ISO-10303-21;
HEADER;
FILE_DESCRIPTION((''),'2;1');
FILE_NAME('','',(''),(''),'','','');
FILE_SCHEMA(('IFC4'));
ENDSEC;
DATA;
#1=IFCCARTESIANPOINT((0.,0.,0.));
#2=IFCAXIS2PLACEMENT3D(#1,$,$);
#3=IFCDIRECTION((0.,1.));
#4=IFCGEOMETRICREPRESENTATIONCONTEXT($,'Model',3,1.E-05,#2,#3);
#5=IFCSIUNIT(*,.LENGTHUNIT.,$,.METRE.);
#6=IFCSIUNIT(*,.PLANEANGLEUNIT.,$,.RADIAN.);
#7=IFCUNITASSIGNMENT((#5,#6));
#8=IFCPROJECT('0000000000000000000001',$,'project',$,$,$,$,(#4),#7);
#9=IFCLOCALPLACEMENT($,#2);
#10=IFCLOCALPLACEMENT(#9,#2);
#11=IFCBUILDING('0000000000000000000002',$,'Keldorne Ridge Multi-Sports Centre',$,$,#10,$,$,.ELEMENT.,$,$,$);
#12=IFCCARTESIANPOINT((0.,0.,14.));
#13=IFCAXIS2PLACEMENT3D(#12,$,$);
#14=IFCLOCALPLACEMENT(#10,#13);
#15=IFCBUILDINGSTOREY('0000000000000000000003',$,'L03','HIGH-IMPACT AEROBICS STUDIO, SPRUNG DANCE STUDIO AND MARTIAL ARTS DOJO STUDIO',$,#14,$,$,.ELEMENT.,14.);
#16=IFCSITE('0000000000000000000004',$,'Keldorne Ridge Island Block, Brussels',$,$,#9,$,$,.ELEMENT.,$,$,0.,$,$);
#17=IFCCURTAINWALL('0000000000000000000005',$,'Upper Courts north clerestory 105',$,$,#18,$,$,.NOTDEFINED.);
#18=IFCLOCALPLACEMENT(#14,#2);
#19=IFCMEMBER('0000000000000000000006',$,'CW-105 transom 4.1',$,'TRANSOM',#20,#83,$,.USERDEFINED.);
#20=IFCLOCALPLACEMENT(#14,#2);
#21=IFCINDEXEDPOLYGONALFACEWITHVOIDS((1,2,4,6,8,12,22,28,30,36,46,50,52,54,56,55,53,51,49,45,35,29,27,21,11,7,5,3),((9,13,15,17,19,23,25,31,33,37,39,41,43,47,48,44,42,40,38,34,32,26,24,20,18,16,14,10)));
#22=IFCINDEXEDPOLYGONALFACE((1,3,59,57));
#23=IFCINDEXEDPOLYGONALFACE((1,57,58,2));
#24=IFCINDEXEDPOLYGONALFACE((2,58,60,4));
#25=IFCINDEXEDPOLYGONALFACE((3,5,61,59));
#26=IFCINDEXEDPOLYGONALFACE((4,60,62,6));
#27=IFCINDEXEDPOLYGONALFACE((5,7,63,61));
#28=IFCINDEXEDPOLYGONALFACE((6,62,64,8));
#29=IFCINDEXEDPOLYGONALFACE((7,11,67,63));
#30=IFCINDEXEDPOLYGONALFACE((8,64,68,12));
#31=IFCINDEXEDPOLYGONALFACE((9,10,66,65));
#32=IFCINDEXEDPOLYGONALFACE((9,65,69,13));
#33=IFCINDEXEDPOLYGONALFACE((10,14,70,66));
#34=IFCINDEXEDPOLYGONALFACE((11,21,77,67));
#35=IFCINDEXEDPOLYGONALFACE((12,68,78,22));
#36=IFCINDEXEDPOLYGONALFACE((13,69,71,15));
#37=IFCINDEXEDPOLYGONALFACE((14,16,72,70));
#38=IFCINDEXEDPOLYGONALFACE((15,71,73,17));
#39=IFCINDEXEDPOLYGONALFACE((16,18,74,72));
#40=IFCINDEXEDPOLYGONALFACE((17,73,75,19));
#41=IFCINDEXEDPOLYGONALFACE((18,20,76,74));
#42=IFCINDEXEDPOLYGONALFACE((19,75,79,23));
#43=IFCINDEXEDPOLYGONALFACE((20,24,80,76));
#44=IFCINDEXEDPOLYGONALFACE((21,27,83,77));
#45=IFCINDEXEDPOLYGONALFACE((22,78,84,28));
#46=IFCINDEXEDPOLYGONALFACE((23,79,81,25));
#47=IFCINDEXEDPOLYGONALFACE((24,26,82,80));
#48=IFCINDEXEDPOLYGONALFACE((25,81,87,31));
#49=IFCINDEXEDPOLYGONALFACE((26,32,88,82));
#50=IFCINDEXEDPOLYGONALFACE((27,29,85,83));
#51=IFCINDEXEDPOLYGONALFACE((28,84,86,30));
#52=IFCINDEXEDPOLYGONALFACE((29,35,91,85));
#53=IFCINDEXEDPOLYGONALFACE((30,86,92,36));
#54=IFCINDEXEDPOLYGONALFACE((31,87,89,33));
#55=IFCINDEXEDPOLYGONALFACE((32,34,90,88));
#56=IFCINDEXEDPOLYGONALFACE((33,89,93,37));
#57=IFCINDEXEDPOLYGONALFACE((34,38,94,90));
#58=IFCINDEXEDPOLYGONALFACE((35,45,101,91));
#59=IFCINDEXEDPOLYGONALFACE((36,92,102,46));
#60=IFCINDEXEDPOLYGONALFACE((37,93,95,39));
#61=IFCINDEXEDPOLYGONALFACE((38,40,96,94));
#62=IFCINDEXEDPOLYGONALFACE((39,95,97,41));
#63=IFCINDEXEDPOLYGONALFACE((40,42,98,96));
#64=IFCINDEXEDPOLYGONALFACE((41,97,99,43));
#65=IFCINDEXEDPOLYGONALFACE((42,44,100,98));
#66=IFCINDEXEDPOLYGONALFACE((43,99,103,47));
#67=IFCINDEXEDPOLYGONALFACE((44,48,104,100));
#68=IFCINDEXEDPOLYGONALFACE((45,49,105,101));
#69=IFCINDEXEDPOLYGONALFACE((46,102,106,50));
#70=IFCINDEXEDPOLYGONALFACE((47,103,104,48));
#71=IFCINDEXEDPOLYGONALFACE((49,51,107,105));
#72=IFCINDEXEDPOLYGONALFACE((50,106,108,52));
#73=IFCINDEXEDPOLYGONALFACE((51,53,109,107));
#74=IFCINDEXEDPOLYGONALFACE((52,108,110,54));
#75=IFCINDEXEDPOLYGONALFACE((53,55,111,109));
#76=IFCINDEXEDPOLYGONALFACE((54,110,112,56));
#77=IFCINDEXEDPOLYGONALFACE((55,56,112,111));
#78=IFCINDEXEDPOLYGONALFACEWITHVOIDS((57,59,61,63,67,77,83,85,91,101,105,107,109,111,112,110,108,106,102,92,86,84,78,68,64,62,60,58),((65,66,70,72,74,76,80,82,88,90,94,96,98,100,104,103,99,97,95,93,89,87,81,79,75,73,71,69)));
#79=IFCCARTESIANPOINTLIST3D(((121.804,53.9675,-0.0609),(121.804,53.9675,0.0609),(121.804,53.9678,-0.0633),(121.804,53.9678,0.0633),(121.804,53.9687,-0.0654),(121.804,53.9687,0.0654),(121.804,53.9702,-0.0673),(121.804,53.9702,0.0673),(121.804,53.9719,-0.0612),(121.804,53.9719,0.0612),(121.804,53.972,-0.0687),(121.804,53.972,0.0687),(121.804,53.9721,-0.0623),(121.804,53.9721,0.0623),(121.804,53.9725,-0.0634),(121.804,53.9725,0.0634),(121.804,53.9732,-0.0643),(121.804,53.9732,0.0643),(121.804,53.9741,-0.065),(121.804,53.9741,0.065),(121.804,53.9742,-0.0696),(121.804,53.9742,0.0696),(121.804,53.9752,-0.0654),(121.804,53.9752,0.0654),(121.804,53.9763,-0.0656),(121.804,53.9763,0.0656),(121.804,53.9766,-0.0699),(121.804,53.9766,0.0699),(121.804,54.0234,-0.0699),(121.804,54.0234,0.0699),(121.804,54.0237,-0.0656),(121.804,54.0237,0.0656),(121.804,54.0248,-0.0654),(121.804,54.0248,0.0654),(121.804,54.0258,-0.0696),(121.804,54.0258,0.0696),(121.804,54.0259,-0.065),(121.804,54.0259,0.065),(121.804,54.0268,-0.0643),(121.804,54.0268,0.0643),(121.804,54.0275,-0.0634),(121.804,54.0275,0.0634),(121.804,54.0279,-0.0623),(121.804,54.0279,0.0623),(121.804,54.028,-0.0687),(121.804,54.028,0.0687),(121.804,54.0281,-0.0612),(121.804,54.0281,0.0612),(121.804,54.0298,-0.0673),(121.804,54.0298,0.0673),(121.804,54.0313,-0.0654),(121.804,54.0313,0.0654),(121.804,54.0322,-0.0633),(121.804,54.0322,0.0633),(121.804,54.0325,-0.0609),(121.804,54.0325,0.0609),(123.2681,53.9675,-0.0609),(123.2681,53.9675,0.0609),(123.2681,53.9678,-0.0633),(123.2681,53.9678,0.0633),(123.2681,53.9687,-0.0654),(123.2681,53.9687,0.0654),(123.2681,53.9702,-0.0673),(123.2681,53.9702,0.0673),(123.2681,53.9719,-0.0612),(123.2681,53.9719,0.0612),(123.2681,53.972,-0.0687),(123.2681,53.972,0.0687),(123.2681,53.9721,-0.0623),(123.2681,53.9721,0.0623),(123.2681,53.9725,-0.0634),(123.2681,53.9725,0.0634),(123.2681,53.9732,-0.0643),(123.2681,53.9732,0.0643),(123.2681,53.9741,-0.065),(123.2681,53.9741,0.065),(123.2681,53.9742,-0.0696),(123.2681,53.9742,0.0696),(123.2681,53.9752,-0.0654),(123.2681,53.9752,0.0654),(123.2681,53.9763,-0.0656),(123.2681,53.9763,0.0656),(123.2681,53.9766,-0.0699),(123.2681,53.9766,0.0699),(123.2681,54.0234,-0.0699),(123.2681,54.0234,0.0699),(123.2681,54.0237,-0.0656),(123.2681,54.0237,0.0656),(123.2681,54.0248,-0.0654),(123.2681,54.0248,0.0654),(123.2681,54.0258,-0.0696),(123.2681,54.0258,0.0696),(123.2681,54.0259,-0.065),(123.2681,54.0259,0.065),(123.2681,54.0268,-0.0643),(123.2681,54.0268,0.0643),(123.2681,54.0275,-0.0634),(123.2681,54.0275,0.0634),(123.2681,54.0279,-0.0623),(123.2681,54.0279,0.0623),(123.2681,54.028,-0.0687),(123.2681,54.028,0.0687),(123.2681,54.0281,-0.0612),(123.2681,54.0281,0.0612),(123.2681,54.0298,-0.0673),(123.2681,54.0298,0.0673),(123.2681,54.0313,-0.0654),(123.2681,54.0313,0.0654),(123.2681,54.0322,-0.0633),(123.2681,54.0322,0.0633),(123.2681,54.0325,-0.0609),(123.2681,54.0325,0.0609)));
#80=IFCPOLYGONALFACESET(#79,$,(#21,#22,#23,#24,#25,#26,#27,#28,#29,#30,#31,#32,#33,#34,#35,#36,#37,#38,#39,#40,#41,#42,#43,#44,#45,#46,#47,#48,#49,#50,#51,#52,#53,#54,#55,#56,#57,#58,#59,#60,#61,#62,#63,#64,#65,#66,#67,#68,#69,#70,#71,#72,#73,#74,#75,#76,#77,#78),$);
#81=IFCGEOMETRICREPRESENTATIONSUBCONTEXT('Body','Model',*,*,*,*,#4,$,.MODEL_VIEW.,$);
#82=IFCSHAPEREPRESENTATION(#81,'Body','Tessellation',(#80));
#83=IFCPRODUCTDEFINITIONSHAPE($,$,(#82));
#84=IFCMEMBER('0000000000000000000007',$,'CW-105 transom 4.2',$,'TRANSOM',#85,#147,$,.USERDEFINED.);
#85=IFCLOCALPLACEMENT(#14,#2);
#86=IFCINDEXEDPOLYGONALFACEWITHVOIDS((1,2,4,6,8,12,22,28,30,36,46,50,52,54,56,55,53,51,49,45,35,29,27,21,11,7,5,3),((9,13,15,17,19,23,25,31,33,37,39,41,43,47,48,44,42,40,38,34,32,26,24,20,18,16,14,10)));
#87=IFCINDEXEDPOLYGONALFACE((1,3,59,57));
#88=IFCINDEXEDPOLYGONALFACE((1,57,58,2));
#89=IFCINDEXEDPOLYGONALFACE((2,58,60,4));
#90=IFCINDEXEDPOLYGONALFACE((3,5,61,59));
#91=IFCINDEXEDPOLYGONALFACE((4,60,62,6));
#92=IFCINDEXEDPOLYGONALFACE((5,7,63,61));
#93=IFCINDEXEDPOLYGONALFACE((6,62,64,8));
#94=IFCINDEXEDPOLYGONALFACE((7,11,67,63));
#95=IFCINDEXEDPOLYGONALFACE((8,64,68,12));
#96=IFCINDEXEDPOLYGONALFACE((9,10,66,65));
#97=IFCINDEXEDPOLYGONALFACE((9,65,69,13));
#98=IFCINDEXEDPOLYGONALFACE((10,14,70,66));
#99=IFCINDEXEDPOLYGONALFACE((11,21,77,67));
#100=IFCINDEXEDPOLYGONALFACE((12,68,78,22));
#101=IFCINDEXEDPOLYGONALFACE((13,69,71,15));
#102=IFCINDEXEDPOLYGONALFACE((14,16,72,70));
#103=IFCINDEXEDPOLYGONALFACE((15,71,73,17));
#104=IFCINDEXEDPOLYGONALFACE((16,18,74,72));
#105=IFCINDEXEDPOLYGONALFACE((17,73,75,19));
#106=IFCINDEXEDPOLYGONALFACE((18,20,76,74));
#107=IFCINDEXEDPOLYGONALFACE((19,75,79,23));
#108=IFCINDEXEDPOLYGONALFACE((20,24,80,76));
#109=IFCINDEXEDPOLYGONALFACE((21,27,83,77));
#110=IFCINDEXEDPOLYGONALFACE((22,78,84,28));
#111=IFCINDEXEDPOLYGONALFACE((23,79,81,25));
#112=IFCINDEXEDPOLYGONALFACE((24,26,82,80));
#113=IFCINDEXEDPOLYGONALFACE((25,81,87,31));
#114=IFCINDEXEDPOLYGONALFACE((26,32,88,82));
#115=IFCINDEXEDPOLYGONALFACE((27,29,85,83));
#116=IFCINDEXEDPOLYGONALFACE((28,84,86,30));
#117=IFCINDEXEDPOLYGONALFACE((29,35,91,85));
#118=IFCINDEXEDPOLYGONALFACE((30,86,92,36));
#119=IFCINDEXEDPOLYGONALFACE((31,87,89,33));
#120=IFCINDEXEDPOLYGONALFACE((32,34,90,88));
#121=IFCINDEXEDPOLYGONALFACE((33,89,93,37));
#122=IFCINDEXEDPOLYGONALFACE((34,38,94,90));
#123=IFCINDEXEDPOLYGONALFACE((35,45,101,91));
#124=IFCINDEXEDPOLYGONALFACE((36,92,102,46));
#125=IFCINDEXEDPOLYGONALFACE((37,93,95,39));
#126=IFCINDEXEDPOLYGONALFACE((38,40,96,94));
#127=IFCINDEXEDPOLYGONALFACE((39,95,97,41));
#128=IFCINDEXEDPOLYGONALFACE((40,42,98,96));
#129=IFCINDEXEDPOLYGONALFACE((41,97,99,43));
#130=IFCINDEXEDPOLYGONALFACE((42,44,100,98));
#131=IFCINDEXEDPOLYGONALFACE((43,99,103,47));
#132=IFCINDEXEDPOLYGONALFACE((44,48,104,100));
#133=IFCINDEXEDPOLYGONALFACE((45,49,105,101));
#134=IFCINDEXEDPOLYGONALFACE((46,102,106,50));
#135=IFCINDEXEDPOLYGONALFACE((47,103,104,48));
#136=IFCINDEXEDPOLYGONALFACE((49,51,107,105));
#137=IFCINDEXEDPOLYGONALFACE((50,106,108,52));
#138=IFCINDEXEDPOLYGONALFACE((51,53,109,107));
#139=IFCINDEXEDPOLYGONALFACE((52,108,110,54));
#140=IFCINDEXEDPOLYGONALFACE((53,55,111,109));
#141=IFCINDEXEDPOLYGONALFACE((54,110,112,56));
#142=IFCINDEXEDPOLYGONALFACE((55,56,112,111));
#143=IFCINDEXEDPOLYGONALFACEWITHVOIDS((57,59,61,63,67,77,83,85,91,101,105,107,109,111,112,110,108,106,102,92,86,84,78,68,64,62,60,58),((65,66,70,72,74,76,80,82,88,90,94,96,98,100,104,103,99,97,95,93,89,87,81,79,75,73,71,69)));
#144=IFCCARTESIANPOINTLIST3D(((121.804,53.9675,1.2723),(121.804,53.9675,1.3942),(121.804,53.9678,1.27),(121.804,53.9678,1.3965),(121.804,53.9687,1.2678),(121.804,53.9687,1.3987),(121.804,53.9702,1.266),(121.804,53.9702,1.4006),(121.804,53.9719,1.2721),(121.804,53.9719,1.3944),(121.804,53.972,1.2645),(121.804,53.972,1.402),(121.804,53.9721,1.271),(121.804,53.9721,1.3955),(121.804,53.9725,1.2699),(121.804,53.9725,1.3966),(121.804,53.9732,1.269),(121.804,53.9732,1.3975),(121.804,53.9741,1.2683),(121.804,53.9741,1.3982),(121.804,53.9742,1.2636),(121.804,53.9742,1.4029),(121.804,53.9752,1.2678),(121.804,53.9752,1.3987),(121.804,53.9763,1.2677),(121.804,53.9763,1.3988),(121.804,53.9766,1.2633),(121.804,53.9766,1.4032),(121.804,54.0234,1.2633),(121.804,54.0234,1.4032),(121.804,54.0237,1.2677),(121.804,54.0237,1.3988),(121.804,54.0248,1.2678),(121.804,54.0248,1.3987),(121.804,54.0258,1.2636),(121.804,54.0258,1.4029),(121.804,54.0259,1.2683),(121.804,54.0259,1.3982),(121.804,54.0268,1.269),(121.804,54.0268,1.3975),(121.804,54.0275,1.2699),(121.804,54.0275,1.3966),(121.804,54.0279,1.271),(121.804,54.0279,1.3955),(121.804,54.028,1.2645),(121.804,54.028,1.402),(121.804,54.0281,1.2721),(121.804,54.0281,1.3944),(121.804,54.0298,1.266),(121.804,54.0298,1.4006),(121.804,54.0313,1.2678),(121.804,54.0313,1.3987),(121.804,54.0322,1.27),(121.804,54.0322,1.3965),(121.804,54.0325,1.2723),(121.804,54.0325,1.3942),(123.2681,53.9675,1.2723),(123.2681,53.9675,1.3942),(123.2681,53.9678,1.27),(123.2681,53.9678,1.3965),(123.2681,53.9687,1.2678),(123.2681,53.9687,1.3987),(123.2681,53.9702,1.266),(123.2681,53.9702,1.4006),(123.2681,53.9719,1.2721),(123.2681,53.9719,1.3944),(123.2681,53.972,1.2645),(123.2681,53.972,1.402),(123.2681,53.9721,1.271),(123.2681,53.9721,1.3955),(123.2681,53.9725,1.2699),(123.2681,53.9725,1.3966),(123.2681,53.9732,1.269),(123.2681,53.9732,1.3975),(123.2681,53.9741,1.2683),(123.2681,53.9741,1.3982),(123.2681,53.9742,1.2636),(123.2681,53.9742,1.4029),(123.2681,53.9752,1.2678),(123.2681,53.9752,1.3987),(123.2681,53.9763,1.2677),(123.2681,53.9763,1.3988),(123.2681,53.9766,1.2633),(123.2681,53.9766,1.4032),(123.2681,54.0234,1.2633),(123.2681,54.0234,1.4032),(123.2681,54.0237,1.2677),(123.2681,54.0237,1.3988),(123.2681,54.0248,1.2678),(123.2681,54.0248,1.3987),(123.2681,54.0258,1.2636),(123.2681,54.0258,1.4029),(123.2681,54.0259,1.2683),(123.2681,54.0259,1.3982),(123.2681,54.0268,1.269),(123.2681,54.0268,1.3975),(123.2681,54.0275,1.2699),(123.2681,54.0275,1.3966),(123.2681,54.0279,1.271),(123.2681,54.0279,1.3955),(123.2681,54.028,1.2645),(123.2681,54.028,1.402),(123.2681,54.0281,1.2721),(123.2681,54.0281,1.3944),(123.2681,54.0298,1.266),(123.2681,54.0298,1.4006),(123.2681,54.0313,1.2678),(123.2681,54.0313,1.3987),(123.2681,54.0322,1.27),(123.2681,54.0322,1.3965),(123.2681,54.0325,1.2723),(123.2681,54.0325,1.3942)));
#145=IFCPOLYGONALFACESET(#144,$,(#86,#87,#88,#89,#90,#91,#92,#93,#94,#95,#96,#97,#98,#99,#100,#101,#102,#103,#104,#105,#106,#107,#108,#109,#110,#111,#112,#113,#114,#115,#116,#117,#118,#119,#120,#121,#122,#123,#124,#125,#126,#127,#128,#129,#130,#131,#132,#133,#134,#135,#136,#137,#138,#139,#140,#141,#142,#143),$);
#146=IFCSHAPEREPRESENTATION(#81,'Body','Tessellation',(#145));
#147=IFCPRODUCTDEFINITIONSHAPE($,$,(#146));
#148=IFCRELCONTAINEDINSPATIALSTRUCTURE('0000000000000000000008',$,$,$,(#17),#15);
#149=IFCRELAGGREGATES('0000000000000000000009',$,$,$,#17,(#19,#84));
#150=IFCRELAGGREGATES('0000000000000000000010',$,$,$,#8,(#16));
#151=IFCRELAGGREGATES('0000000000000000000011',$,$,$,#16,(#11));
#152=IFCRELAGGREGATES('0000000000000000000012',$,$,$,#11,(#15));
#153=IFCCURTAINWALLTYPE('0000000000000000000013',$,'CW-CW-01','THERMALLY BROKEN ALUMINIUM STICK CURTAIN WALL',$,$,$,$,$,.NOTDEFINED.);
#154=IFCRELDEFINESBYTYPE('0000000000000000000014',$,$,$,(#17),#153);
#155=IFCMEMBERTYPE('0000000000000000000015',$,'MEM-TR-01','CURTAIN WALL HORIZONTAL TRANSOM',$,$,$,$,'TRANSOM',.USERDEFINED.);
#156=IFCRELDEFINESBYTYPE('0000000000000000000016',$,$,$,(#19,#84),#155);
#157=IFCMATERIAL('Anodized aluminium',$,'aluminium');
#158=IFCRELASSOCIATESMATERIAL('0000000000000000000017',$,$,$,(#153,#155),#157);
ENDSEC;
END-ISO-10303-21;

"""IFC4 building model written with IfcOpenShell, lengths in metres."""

from ifc_helpers import new_model, si_unit, direction, frame, origin, origin_2d, place, context, subcontext, project, spatial, hollow_rectangle, extrude, material, material_profile, profile_set, type_object, element, aggregate, save


model = new_model("IFC4")

# Units and contexts
model_context = context("Model", 3, precision=1e-05, world=origin(), true_north=direction((0.0, 1.0)))
body_context = subcontext(model_context, "Body", "Model", "MODEL_VIEW")
ifc_project = project(units=[si_unit("LENGTHUNIT", "METRE"), si_unit("PLANEANGLEUNIT", "RADIAN")], contexts=[model_context])

# Site, building, storey
site_placement = place(None, origin())
site = spatial("IfcSite", under=ifc_project, at=site_placement, Name="Keldorne Ridge Island Block, Brussels", CompositionType="ELEMENT", RefElevation=0.0)
building_placement = place(site_placement, origin())
building = spatial("IfcBuilding", under=site, at=building_placement, Name="Keldorne Ridge Multi-Sports Centre", CompositionType="ELEMENT")
storey_placement = place(building_placement, frame((0.0, 0.0, 14.0)))
storey = spatial("IfcBuildingStorey", under=building, at=storey_placement, Name="L03", Description="HIGH-IMPACT AEROBICS STUDIO, SPRUNG DANCE STUDIO AND MARTIAL ARTS DOJO STUDIO", CompositionType="ELEMENT", Elevation=14.0)

# Curtain wall, members
ifc_material_1 = material(Name="Anodized aluminium", Category="aluminium")
curtain_wall_type = type_object("IfcCurtainWallType", Name="CW-CW-01", Description="THERMALLY BROKEN ALUMINIUM STICK CURTAIN WALL", PredefinedType="NOTDEFINED", material=ifc_material_1)
curtain_wall_placement = place(storey_placement, origin())
curtain_wall = element("IfcCurtainWall", 1, at=curtain_wall_placement, inside=storey, type_object=curtain_wall_type, Name="Upper Courts north clerestory 105", PredefinedType="NOTDEFINED")
ifc_material_profile_1 = material_profile(ifc_material_1, hollow_rectangle(XDim=0.0649, YDim=0.1399, WallThickness=0.0044, InnerFilletRadius=0.0044, OuterFilletRadius=0.009, at=origin_2d()), Name="ALU TRANSOM 140x65x4.5")
ifc_profile_set_1 = profile_set([ifc_material_profile_1], Name="Anodized aluminium")
member_type_1 = type_object("IfcMemberType", Name="MEM-TR-01", Description="CURTAIN WALL HORIZONTAL TRANSOM", ElementType="TRANSOM", PredefinedType="USERDEFINED", material=ifc_profile_set_1)
member_1_placement = place(storey_placement, frame((123.2681, 54.0, 0.0), z_axis=(-1.0, 0.0, 0.0), x_axis=(0.0, -1.0, 0.0)))
member_1 = element("IfcMember", 2, at=member_1_placement, type_object=member_type_1, Name="CW-105 transom 4.1", ObjectType="TRANSOM", PredefinedType="USERDEFINED", context=body_context, shape_type="SweptSolid", body=[
    extrude(hollow_rectangle(XDim=0.0649, YDim=0.1399, WallThickness=0.0044, InnerFilletRadius=0.0044, OuterFilletRadius=0.009, at=origin_2d()), origin(), (0.0, 0.0, 1.0), 1.4641),
])
member_2_placement = place(storey_placement, frame((123.2681, 54.0, 1.3333), z_axis=(-1.0, 0.0, 0.0), x_axis=(0.0, -1.0, 0.0)))
member_2 = element("IfcMember", 3, at=member_2_placement, type_object=member_type_1, Name="CW-105 transom 4.2", ObjectType="TRANSOM", PredefinedType="USERDEFINED", context=body_context, shape_type="SweptSolid", body=[
    extrude(hollow_rectangle(XDim=0.0649, YDim=0.1399, WallThickness=0.0044, InnerFilletRadius=0.0044, OuterFilletRadius=0.009, at=origin_2d()), origin(), (0.0, 0.0, 1.0), 1.4641),
])
aggregate(curtain_wall, [member_1, member_2])

save(model, "model.ifc")
